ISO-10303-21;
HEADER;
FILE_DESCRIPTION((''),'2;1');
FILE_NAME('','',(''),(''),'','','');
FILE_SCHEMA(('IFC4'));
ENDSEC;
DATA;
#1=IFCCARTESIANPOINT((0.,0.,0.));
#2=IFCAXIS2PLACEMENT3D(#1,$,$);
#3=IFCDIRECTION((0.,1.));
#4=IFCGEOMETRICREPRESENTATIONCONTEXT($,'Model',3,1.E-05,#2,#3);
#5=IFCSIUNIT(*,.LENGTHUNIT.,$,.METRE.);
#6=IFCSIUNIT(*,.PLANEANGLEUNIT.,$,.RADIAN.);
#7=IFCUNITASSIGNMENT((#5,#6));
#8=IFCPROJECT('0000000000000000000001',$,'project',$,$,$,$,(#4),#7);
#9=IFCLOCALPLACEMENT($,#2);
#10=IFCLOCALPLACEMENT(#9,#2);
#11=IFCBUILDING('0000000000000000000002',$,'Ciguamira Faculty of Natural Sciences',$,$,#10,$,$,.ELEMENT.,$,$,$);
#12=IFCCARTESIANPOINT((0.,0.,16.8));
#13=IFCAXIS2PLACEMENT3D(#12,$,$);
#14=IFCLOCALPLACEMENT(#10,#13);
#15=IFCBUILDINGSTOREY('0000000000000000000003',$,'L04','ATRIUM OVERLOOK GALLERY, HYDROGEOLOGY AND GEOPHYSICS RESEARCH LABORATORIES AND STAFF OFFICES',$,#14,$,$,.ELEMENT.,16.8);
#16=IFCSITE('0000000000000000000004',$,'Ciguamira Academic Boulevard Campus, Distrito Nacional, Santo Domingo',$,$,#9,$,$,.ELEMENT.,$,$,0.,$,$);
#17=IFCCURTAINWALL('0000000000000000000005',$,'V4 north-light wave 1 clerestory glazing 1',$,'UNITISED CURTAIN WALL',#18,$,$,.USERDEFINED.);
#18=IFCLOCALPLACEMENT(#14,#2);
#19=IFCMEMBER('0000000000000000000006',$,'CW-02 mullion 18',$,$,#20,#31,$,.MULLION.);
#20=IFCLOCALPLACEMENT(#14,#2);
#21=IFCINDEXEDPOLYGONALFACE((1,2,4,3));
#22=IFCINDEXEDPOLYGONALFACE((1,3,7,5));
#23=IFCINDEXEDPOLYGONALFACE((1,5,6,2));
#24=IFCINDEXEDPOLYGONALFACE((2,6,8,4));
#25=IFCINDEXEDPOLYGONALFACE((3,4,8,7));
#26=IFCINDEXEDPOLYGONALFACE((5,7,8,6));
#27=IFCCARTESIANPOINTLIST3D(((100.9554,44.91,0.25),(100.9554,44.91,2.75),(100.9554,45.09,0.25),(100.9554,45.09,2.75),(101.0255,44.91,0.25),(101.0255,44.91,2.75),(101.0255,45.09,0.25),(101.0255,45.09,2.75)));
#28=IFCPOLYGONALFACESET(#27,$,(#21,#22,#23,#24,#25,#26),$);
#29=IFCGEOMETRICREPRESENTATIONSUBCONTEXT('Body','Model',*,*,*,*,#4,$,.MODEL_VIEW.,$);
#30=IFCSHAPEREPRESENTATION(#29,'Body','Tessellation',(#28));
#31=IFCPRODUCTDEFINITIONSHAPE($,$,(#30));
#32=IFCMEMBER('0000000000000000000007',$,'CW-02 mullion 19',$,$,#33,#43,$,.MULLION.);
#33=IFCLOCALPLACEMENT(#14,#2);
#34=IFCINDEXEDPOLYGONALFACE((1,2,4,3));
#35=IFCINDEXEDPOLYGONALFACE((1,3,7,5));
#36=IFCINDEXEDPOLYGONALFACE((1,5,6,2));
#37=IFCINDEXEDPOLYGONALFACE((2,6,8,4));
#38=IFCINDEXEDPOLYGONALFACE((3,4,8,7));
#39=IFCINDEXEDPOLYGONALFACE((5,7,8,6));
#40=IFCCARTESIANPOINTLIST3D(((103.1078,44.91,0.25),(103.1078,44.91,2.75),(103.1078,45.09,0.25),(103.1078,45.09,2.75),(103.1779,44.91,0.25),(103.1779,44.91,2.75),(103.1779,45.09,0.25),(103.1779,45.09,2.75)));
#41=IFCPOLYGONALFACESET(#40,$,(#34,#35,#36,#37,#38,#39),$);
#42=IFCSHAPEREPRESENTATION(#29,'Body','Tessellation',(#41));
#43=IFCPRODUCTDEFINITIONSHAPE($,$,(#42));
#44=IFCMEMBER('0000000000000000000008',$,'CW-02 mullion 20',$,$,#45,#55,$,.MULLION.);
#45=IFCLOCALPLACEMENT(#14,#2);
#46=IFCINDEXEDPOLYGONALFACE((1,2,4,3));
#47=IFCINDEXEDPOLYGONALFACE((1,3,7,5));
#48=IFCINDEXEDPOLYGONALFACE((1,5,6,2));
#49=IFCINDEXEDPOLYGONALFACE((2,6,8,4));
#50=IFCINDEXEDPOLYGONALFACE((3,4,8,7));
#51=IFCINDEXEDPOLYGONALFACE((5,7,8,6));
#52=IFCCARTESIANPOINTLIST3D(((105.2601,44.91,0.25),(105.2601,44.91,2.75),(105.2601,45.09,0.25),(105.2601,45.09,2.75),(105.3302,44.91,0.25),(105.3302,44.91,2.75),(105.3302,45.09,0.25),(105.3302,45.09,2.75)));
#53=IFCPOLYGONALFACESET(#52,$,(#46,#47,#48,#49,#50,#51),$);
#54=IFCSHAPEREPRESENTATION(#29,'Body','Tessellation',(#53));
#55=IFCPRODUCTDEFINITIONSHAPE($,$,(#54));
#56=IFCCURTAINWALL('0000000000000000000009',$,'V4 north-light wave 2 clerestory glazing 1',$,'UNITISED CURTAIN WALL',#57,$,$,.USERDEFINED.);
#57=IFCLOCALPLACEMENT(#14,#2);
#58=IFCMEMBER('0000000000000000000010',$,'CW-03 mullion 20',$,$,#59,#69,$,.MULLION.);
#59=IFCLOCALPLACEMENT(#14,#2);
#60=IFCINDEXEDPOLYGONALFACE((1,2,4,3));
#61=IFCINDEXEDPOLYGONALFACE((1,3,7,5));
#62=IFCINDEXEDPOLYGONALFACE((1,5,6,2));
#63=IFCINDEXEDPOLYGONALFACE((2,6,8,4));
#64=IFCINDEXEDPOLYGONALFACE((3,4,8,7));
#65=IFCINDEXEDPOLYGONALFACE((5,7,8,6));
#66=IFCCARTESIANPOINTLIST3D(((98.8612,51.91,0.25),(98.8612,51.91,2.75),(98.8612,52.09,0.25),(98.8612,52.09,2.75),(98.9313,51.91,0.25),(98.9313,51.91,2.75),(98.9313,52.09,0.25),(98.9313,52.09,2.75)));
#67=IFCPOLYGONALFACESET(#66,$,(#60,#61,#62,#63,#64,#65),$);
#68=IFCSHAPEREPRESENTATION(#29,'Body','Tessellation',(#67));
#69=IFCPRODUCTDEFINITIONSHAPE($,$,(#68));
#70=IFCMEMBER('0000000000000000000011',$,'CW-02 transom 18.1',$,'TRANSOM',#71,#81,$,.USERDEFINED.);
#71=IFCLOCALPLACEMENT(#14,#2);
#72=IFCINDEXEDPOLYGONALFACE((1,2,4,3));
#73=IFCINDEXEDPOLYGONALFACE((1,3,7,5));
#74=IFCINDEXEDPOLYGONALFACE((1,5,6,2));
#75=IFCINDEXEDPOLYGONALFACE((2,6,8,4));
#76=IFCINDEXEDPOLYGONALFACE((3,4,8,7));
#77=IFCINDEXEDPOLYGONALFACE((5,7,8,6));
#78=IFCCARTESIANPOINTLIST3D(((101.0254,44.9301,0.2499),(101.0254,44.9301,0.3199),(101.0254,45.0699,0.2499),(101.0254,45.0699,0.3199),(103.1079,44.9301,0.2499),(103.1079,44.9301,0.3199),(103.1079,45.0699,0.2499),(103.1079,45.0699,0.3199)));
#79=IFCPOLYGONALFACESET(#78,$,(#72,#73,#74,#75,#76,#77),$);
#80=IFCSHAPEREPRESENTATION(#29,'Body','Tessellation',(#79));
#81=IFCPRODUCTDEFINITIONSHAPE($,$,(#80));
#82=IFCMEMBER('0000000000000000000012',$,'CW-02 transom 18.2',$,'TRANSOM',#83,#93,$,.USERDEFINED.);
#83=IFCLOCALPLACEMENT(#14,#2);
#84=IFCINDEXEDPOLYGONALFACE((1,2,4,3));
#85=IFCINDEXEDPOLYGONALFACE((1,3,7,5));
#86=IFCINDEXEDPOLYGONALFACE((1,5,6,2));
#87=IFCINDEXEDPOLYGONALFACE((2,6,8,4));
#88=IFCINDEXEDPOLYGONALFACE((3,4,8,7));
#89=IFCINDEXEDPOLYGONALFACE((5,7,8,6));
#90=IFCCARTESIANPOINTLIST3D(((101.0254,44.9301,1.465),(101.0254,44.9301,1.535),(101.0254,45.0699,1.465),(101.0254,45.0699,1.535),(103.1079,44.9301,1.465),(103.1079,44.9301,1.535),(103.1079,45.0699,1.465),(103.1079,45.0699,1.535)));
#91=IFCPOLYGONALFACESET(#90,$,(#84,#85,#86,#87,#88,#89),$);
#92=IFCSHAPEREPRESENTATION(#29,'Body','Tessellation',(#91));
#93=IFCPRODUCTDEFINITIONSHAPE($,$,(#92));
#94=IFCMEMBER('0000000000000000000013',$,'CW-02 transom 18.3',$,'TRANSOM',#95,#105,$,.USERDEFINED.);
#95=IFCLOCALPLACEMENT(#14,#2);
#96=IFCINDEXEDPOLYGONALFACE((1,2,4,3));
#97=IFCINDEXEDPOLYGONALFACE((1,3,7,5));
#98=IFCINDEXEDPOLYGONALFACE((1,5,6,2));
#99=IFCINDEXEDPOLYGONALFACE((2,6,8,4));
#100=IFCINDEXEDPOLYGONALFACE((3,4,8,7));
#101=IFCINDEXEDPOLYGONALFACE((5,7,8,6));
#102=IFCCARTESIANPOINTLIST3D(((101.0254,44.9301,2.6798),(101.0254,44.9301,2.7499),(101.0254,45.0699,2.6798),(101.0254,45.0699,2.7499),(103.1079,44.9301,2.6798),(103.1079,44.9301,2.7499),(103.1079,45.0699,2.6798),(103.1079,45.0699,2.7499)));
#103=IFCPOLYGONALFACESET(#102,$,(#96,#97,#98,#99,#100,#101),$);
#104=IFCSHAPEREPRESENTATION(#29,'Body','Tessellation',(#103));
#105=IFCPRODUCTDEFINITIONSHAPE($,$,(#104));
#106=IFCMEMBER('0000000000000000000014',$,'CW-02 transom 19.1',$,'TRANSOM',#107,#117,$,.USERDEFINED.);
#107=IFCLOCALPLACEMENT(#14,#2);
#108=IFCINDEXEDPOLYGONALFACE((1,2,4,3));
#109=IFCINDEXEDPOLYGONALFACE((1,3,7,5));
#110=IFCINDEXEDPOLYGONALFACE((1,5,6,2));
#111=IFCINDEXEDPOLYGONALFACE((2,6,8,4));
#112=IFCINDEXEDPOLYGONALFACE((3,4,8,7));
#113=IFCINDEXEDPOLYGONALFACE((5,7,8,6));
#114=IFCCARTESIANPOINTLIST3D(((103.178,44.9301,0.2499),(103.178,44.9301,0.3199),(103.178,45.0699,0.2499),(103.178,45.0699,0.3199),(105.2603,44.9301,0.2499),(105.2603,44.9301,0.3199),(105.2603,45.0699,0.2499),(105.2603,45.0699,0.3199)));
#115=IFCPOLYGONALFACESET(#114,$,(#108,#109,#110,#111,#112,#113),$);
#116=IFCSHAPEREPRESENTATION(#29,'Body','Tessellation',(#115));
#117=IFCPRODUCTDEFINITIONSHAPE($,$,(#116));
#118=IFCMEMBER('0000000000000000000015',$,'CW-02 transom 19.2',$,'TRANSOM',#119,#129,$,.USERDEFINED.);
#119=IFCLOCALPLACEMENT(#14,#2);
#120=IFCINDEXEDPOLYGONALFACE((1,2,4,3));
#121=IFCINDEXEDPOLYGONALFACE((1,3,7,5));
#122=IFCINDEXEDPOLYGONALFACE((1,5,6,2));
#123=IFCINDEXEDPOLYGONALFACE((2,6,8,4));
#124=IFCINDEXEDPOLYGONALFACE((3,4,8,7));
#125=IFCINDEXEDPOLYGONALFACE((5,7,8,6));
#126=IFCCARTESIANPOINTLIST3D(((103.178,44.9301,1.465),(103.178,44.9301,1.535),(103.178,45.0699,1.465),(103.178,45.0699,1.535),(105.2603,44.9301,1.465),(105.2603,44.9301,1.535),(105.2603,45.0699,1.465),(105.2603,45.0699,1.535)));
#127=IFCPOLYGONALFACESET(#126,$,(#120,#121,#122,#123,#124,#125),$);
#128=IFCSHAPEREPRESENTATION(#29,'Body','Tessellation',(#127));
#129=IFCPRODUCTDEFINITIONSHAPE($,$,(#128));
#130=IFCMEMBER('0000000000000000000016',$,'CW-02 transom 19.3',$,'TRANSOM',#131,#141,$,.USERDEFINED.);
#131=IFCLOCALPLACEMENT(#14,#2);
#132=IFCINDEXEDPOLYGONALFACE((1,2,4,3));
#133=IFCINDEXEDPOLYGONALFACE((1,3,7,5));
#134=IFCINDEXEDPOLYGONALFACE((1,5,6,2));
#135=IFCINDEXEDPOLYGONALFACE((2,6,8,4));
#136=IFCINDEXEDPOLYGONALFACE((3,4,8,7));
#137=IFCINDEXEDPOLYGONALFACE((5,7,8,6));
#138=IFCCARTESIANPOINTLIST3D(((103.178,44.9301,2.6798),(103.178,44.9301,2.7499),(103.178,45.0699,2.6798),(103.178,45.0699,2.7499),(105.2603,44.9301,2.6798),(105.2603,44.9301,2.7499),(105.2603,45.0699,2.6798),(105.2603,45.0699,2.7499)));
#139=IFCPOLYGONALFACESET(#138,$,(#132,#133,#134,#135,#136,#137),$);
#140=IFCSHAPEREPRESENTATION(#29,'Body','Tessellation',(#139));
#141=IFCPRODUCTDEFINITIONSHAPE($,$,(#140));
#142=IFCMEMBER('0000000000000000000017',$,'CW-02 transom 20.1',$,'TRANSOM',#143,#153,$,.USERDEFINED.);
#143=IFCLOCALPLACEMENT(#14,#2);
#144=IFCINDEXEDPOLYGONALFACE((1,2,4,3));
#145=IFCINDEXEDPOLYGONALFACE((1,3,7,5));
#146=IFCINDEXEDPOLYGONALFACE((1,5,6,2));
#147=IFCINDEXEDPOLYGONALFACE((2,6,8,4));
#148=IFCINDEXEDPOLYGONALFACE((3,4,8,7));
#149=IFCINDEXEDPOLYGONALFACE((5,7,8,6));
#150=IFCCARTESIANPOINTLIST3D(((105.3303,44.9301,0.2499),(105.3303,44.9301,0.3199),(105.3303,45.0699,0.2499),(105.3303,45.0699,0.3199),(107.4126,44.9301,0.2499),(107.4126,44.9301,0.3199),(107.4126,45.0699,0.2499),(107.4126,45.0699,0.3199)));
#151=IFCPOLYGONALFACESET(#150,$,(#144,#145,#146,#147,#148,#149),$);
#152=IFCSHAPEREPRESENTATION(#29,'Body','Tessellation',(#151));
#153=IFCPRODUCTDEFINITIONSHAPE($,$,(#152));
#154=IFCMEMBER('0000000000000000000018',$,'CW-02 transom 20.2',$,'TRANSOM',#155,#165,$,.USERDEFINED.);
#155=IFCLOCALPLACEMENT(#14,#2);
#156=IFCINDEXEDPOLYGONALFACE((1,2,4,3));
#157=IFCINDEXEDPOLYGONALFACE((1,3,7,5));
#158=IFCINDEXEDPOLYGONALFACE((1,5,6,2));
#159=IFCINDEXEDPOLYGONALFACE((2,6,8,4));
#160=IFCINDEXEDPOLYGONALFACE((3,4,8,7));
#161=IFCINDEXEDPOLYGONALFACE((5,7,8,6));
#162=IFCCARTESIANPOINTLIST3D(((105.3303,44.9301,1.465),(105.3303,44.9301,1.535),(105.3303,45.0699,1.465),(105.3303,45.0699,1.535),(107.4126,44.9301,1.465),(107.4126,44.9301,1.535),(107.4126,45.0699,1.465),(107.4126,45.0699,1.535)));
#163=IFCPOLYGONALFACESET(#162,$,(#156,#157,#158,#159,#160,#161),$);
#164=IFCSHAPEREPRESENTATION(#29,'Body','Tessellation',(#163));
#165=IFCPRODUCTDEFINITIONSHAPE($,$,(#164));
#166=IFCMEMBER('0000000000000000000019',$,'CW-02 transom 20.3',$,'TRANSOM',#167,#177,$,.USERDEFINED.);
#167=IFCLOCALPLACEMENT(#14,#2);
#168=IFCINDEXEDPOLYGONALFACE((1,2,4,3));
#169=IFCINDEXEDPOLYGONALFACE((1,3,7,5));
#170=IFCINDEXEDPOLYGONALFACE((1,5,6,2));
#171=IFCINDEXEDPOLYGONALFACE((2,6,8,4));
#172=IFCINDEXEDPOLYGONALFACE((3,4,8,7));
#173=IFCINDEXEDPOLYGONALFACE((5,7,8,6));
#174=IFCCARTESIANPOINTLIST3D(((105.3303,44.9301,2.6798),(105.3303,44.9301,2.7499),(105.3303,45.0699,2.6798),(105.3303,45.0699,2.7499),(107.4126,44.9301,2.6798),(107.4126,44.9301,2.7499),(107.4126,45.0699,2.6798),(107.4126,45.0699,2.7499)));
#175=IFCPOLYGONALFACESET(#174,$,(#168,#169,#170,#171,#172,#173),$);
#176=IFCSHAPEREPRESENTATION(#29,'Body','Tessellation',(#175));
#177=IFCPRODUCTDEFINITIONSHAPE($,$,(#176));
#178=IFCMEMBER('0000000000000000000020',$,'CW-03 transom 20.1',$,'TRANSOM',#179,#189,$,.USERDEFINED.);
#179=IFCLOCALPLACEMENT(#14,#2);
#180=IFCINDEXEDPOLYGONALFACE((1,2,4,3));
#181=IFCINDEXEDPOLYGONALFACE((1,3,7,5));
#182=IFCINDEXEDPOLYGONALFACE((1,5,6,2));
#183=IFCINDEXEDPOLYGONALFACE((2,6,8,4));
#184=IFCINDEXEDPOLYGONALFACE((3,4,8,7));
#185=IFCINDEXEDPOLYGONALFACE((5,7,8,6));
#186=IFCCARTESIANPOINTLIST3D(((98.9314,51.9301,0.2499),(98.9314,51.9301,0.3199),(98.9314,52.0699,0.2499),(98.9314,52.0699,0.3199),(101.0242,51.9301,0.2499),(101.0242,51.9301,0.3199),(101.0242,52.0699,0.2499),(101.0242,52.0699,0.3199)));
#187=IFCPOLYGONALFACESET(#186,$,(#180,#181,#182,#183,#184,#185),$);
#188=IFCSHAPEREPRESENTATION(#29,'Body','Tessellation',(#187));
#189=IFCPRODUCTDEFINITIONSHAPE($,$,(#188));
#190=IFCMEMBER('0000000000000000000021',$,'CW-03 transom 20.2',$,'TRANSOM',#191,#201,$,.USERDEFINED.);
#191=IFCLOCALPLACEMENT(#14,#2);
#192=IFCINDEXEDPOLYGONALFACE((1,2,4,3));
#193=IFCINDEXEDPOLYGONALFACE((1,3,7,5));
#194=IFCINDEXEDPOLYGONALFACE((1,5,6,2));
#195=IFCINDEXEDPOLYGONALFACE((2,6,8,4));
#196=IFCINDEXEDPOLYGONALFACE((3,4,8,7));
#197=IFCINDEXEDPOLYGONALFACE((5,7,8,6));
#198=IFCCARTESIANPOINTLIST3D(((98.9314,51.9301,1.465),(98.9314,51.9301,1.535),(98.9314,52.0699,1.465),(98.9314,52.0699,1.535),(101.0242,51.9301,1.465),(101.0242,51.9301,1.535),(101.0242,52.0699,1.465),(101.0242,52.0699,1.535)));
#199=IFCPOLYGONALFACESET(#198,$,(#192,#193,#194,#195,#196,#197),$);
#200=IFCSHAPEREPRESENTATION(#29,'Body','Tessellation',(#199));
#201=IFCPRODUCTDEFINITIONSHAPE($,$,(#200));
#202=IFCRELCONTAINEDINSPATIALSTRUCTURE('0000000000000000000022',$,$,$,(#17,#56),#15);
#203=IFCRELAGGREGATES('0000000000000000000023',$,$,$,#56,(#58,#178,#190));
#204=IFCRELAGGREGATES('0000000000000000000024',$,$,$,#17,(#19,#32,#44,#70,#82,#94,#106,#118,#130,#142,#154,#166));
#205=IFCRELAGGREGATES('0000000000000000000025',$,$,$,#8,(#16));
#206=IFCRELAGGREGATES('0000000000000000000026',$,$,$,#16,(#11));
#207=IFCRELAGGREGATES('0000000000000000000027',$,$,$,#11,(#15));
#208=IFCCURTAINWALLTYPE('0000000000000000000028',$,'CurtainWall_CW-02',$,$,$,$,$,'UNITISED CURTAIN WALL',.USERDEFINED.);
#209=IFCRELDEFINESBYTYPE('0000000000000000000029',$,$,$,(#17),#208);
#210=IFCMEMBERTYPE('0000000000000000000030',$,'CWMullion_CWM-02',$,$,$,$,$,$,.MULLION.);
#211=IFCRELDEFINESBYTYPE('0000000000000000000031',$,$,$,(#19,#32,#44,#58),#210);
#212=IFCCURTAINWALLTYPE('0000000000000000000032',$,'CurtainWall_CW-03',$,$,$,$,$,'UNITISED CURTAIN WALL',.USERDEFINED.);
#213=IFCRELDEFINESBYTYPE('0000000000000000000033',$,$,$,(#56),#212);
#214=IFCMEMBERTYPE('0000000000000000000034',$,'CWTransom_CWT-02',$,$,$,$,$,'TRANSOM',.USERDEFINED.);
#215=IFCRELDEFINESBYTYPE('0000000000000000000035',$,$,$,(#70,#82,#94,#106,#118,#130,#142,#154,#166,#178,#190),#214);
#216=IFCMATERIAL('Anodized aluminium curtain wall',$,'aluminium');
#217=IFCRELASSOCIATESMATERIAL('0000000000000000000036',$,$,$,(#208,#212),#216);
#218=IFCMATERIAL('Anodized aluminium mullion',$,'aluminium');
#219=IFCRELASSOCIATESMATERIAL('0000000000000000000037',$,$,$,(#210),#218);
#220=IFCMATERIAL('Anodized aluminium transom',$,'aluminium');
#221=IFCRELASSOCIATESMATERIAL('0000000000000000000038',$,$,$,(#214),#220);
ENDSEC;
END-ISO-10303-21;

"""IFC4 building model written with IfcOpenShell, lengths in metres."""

from ifc_helpers import new_model, si_unit, direction, frame, origin, origin_2d, place, context, subcontext, project, spatial, rectangle, extrude, material, material_profile, profile_set, type_object, element, aggregate, save


model = new_model("IFC4")

# Units and contexts
model_context = context("Model", 3, precision=1e-05, world=origin(), true_north=direction((0.0, 1.0)))
body_context = subcontext(model_context, "Body", "Model", "MODEL_VIEW")
ifc_project = project(units=[si_unit("LENGTHUNIT", "METRE"), si_unit("PLANEANGLEUNIT", "RADIAN")], contexts=[model_context])

# Site, building, storey
site_placement = place(None, origin())
site = spatial("IfcSite", under=ifc_project, at=site_placement, Name="Ciguamira Academic Boulevard Campus, Distrito Nacional, Santo Domingo", CompositionType="ELEMENT", RefElevation=0.0)
building_placement = place(site_placement, origin())
building = spatial("IfcBuilding", under=site, at=building_placement, Name="Ciguamira Faculty of Natural Sciences", CompositionType="ELEMENT")
storey_placement = place(building_placement, frame((0.0, 0.0, 16.8)))
storey = spatial("IfcBuildingStorey", under=building, at=storey_placement, Name="L04", Description="ATRIUM OVERLOOK GALLERY, HYDROGEOLOGY AND GEOPHYSICS RESEARCH LABORATORIES AND STAFF OFFICES", CompositionType="ELEMENT", Elevation=16.8)

# Curtain wall, members
ifc_material_1 = material(Name="Anodized aluminium curtain wall", Category="aluminium")
curtain_wall_type_1 = type_object("IfcCurtainWallType", Name="CurtainWall_CW-02", ElementType="UNITISED CURTAIN WALL", PredefinedType="USERDEFINED", material=ifc_material_1)
curtain_wall_1_placement = place(storey_placement, origin())
curtain_wall_1 = element("IfcCurtainWall", 1, at=curtain_wall_1_placement, inside=storey, type_object=curtain_wall_type_1, Name="V4 north-light wave 1 clerestory glazing 1", ObjectType="UNITISED CURTAIN WALL", PredefinedType="USERDEFINED")
ifc_material_2 = material(Name="Anodized aluminium mullion", Category="aluminium")
ifc_material_profile_1 = material_profile(ifc_material_2, rectangle(XDim=0.0701, YDim=0.1799, at=origin_2d()), Name="ALU-MUL-70X180")
ifc_profile_set_1 = profile_set([ifc_material_profile_1], Name="Anodized aluminium mullion")
member_type_1 = type_object("IfcMemberType", Name="CWMullion_CWM-02", PredefinedType="MULLION", material=ifc_profile_set_1)
member_1_placement = place(storey_placement, frame((100.9905, 45.0, 0.25), z_axis=(0.0, 0.0, 1.0), x_axis=(1.0, 0.0, 0.0)))
member_1 = element("IfcMember", 2, at=member_1_placement, type_object=member_type_1, Name="CW-02 mullion 18", PredefinedType="MULLION", context=body_context, shape_type="SweptSolid", body=[
    extrude(rectangle(XDim=0.0701, YDim=0.1799, at=origin_2d()), origin(), (0.0, 0.0, 1.0), 2.5),
])
member_2_placement = place(storey_placement, frame((103.1428, 45.0, 0.25), z_axis=(0.0, 0.0, 1.0), x_axis=(1.0, 0.0, 0.0)))
member_2 = element("IfcMember", 3, at=member_2_placement, type_object=member_type_1, Name="CW-02 mullion 19", PredefinedType="MULLION", context=body_context, shape_type="SweptSolid", body=[
    extrude(rectangle(XDim=0.0701, YDim=0.1799, at=origin_2d()), origin(), (0.0, 0.0, 1.0), 2.5),
])
member_3_placement = place(storey_placement, frame((105.2952, 45.0, 0.25), z_axis=(0.0, 0.0, 1.0), x_axis=(1.0, 0.0, 0.0)))
member_3 = element("IfcMember", 4, at=member_3_placement, type_object=member_type_1, Name="CW-02 mullion 20", PredefinedType="MULLION", context=body_context, shape_type="SweptSolid", body=[
    extrude(rectangle(XDim=0.0701, YDim=0.1799, at=origin_2d()), origin(), (0.0, 0.0, 1.0), 2.5),
])

# Curtain wall, member
curtain_wall_type_2 = type_object("IfcCurtainWallType", Name="CurtainWall_CW-03", ElementType="UNITISED CURTAIN WALL", PredefinedType="USERDEFINED", material=ifc_material_1)
curtain_wall_2_placement = place(storey_placement, origin())
curtain_wall_2 = element("IfcCurtainWall", 5, at=curtain_wall_2_placement, inside=storey, type_object=curtain_wall_type_2, Name="V4 north-light wave 2 clerestory glazing 1", ObjectType="UNITISED CURTAIN WALL", PredefinedType="USERDEFINED")
member_4_placement = place(storey_placement, frame((98.8962, 52.0, 0.25), z_axis=(0.0, 0.0, 1.0), x_axis=(1.0, 0.0, 0.0)))
member_4 = element("IfcMember", 6, at=member_4_placement, type_object=member_type_1, Name="CW-03 mullion 20", PredefinedType="MULLION", context=body_context, shape_type="SweptSolid", body=[
    extrude(rectangle(XDim=0.0701, YDim=0.1799, at=origin_2d()), origin(), (0.0, 0.0, 1.0), 2.5),
])

# Members
ifc_material_3 = material(Name="Anodized aluminium transom", Category="aluminium")
ifc_material_profile_2 = material_profile(ifc_material_3, rectangle(XDim=0.0701, YDim=0.1399, at=origin_2d()), Name="ALU-TRN-70X140")
ifc_profile_set_2 = profile_set([ifc_material_profile_2], Name="Anodized aluminium transom")
member_type_2 = type_object("IfcMemberType", Name="CWTransom_CWT-02", ElementType="TRANSOM", PredefinedType="USERDEFINED", material=ifc_profile_set_2)
member_5_placement = place(storey_placement, frame((101.0254, 45.0, 0.2849), z_axis=(1.0, 0.0, 0.0), x_axis=(0.0, 0.0, 1.0)))
member_5 = element("IfcMember", 7, at=member_5_placement, type_object=member_type_2, Name="CW-02 transom 18.1", ObjectType="TRANSOM", PredefinedType="USERDEFINED", context=body_context, shape_type="SweptSolid", body=[
    extrude(rectangle(XDim=0.0701, YDim=0.1399, at=origin_2d()), origin(), (0.0, 0.0, 1.0), 2.0825),
])
member_6_placement = place(storey_placement, frame((101.0254, 45.0, 1.5), z_axis=(1.0, 0.0, 0.0), x_axis=(0.0, 0.0, 1.0)))
member_6 = element("IfcMember", 8, at=member_6_placement, type_object=member_type_2, Name="CW-02 transom 18.2", ObjectType="TRANSOM", PredefinedType="USERDEFINED", context=body_context, shape_type="SweptSolid", body=[
    extrude(rectangle(XDim=0.0701, YDim=0.1399, at=origin_2d()), origin(), (0.0, 0.0, 1.0), 2.0825),
])
member_7_placement = place(storey_placement, frame((101.0254, 45.0, 2.7148), z_axis=(1.0, 0.0, 0.0), x_axis=(0.0, 0.0, 1.0)))
member_7 = element("IfcMember", 9, at=member_7_placement, type_object=member_type_2, Name="CW-02 transom 18.3", ObjectType="TRANSOM", PredefinedType="USERDEFINED", context=body_context, shape_type="SweptSolid", body=[
    extrude(rectangle(XDim=0.0701, YDim=0.1399, at=origin_2d()), origin(), (0.0, 0.0, 1.0), 2.0825),
])
member_8_placement = place(storey_placement, frame((103.178, 45.0, 0.2849), z_axis=(1.0, 0.0, 0.0), x_axis=(0.0, 0.0, 1.0)))
member_8 = element("IfcMember", 10, at=member_8_placement, type_object=member_type_2, Name="CW-02 transom 19.1", ObjectType="TRANSOM", PredefinedType="USERDEFINED", context=body_context, shape_type="SweptSolid", body=[
    extrude(rectangle(XDim=0.0701, YDim=0.1399, at=origin_2d()), origin(), (0.0, 0.0, 1.0), 2.0823),
])
member_9_placement = place(storey_placement, frame((103.178, 45.0, 1.5), z_axis=(1.0, 0.0, 0.0), x_axis=(0.0, 0.0, 1.0)))
member_9 = element("IfcMember", 11, at=member_9_placement, type_object=member_type_2, Name="CW-02 transom 19.2", ObjectType="TRANSOM", PredefinedType="USERDEFINED", context=body_context, shape_type="SweptSolid", body=[
    extrude(rectangle(XDim=0.0701, YDim=0.1399, at=origin_2d()), origin(), (0.0, 0.0, 1.0), 2.0823),
])
member_10_placement = place(storey_placement, frame((103.178, 45.0, 2.7148), z_axis=(1.0, 0.0, 0.0), x_axis=(0.0, 0.0, 1.0)))
member_10 = element("IfcMember", 12, at=member_10_placement, type_object=member_type_2, Name="CW-02 transom 19.3", ObjectType="TRANSOM", PredefinedType="USERDEFINED", context=body_context, shape_type="SweptSolid", body=[
    extrude(rectangle(XDim=0.0701, YDim=0.1399, at=origin_2d()), origin(), (0.0, 0.0, 1.0), 2.0823),
])
member_11_placement = place(storey_placement, frame((105.3303, 45.0, 0.2849), z_axis=(1.0, 0.0, 0.0), x_axis=(0.0, 0.0, 1.0)))
member_11 = element("IfcMember", 13, at=member_11_placement, type_object=member_type_2, Name="CW-02 transom 20.1", ObjectType="TRANSOM", PredefinedType="USERDEFINED", context=body_context, shape_type="SweptSolid", body=[
    extrude(rectangle(XDim=0.0701, YDim=0.1399, at=origin_2d()), origin(), (0.0, 0.0, 1.0), 2.0823),
])
member_12_placement = place(storey_placement, frame((105.3303, 45.0, 1.5), z_axis=(1.0, 0.0, 0.0), x_axis=(0.0, 0.0, 1.0)))
member_12 = element("IfcMember", 14, at=member_12_placement, type_object=member_type_2, Name="CW-02 transom 20.2", ObjectType="TRANSOM", PredefinedType="USERDEFINED", context=body_context, shape_type="SweptSolid", body=[
    extrude(rectangle(XDim=0.0701, YDim=0.1399, at=origin_2d()), origin(), (0.0, 0.0, 1.0), 2.0823),
])
member_13_placement = place(storey_placement, frame((105.3303, 45.0, 2.7148), z_axis=(1.0, 0.0, 0.0), x_axis=(0.0, 0.0, 1.0)))
member_13 = element("IfcMember", 15, at=member_13_placement, type_object=member_type_2, Name="CW-02 transom 20.3", ObjectType="TRANSOM", PredefinedType="USERDEFINED", context=body_context, shape_type="SweptSolid", body=[
    extrude(rectangle(XDim=0.0701, YDim=0.1399, at=origin_2d()), origin(), (0.0, 0.0, 1.0), 2.0823),
])
member_14_placement = place(storey_placement, frame((98.9314, 52.0, 0.2849), z_axis=(1.0, 0.0, 0.0), x_axis=(0.0, 0.0, 1.0)))
member_14 = element("IfcMember", 16, at=member_14_placement, type_object=member_type_2, Name="CW-03 transom 20.1", ObjectType="TRANSOM", PredefinedType="USERDEFINED", context=body_context, shape_type="SweptSolid", body=[
    extrude(rectangle(XDim=0.0701, YDim=0.1399, at=origin_2d()), origin(), (0.0, 0.0, 1.0), 2.0928),
])
member_15_placement = place(storey_placement, frame((98.9314, 52.0, 1.5), z_axis=(1.0, 0.0, 0.0), x_axis=(0.0, 0.0, 1.0)))
member_15 = element("IfcMember", 17, at=member_15_placement, type_object=member_type_2, Name="CW-03 transom 20.2", ObjectType="TRANSOM", PredefinedType="USERDEFINED", context=body_context, shape_type="SweptSolid", body=[
    extrude(rectangle(XDim=0.0701, YDim=0.1399, at=origin_2d()), origin(), (0.0, 0.0, 1.0), 2.0928),
])
aggregate(curtain_wall_2, [member_4, member_14, member_15])

aggregate(curtain_wall_1, [member_1, member_2, member_3, member_5, member_6, member_7, member_8, member_9, member_10, member_11, member_12, member_13])

save(model, "model.ifc")
